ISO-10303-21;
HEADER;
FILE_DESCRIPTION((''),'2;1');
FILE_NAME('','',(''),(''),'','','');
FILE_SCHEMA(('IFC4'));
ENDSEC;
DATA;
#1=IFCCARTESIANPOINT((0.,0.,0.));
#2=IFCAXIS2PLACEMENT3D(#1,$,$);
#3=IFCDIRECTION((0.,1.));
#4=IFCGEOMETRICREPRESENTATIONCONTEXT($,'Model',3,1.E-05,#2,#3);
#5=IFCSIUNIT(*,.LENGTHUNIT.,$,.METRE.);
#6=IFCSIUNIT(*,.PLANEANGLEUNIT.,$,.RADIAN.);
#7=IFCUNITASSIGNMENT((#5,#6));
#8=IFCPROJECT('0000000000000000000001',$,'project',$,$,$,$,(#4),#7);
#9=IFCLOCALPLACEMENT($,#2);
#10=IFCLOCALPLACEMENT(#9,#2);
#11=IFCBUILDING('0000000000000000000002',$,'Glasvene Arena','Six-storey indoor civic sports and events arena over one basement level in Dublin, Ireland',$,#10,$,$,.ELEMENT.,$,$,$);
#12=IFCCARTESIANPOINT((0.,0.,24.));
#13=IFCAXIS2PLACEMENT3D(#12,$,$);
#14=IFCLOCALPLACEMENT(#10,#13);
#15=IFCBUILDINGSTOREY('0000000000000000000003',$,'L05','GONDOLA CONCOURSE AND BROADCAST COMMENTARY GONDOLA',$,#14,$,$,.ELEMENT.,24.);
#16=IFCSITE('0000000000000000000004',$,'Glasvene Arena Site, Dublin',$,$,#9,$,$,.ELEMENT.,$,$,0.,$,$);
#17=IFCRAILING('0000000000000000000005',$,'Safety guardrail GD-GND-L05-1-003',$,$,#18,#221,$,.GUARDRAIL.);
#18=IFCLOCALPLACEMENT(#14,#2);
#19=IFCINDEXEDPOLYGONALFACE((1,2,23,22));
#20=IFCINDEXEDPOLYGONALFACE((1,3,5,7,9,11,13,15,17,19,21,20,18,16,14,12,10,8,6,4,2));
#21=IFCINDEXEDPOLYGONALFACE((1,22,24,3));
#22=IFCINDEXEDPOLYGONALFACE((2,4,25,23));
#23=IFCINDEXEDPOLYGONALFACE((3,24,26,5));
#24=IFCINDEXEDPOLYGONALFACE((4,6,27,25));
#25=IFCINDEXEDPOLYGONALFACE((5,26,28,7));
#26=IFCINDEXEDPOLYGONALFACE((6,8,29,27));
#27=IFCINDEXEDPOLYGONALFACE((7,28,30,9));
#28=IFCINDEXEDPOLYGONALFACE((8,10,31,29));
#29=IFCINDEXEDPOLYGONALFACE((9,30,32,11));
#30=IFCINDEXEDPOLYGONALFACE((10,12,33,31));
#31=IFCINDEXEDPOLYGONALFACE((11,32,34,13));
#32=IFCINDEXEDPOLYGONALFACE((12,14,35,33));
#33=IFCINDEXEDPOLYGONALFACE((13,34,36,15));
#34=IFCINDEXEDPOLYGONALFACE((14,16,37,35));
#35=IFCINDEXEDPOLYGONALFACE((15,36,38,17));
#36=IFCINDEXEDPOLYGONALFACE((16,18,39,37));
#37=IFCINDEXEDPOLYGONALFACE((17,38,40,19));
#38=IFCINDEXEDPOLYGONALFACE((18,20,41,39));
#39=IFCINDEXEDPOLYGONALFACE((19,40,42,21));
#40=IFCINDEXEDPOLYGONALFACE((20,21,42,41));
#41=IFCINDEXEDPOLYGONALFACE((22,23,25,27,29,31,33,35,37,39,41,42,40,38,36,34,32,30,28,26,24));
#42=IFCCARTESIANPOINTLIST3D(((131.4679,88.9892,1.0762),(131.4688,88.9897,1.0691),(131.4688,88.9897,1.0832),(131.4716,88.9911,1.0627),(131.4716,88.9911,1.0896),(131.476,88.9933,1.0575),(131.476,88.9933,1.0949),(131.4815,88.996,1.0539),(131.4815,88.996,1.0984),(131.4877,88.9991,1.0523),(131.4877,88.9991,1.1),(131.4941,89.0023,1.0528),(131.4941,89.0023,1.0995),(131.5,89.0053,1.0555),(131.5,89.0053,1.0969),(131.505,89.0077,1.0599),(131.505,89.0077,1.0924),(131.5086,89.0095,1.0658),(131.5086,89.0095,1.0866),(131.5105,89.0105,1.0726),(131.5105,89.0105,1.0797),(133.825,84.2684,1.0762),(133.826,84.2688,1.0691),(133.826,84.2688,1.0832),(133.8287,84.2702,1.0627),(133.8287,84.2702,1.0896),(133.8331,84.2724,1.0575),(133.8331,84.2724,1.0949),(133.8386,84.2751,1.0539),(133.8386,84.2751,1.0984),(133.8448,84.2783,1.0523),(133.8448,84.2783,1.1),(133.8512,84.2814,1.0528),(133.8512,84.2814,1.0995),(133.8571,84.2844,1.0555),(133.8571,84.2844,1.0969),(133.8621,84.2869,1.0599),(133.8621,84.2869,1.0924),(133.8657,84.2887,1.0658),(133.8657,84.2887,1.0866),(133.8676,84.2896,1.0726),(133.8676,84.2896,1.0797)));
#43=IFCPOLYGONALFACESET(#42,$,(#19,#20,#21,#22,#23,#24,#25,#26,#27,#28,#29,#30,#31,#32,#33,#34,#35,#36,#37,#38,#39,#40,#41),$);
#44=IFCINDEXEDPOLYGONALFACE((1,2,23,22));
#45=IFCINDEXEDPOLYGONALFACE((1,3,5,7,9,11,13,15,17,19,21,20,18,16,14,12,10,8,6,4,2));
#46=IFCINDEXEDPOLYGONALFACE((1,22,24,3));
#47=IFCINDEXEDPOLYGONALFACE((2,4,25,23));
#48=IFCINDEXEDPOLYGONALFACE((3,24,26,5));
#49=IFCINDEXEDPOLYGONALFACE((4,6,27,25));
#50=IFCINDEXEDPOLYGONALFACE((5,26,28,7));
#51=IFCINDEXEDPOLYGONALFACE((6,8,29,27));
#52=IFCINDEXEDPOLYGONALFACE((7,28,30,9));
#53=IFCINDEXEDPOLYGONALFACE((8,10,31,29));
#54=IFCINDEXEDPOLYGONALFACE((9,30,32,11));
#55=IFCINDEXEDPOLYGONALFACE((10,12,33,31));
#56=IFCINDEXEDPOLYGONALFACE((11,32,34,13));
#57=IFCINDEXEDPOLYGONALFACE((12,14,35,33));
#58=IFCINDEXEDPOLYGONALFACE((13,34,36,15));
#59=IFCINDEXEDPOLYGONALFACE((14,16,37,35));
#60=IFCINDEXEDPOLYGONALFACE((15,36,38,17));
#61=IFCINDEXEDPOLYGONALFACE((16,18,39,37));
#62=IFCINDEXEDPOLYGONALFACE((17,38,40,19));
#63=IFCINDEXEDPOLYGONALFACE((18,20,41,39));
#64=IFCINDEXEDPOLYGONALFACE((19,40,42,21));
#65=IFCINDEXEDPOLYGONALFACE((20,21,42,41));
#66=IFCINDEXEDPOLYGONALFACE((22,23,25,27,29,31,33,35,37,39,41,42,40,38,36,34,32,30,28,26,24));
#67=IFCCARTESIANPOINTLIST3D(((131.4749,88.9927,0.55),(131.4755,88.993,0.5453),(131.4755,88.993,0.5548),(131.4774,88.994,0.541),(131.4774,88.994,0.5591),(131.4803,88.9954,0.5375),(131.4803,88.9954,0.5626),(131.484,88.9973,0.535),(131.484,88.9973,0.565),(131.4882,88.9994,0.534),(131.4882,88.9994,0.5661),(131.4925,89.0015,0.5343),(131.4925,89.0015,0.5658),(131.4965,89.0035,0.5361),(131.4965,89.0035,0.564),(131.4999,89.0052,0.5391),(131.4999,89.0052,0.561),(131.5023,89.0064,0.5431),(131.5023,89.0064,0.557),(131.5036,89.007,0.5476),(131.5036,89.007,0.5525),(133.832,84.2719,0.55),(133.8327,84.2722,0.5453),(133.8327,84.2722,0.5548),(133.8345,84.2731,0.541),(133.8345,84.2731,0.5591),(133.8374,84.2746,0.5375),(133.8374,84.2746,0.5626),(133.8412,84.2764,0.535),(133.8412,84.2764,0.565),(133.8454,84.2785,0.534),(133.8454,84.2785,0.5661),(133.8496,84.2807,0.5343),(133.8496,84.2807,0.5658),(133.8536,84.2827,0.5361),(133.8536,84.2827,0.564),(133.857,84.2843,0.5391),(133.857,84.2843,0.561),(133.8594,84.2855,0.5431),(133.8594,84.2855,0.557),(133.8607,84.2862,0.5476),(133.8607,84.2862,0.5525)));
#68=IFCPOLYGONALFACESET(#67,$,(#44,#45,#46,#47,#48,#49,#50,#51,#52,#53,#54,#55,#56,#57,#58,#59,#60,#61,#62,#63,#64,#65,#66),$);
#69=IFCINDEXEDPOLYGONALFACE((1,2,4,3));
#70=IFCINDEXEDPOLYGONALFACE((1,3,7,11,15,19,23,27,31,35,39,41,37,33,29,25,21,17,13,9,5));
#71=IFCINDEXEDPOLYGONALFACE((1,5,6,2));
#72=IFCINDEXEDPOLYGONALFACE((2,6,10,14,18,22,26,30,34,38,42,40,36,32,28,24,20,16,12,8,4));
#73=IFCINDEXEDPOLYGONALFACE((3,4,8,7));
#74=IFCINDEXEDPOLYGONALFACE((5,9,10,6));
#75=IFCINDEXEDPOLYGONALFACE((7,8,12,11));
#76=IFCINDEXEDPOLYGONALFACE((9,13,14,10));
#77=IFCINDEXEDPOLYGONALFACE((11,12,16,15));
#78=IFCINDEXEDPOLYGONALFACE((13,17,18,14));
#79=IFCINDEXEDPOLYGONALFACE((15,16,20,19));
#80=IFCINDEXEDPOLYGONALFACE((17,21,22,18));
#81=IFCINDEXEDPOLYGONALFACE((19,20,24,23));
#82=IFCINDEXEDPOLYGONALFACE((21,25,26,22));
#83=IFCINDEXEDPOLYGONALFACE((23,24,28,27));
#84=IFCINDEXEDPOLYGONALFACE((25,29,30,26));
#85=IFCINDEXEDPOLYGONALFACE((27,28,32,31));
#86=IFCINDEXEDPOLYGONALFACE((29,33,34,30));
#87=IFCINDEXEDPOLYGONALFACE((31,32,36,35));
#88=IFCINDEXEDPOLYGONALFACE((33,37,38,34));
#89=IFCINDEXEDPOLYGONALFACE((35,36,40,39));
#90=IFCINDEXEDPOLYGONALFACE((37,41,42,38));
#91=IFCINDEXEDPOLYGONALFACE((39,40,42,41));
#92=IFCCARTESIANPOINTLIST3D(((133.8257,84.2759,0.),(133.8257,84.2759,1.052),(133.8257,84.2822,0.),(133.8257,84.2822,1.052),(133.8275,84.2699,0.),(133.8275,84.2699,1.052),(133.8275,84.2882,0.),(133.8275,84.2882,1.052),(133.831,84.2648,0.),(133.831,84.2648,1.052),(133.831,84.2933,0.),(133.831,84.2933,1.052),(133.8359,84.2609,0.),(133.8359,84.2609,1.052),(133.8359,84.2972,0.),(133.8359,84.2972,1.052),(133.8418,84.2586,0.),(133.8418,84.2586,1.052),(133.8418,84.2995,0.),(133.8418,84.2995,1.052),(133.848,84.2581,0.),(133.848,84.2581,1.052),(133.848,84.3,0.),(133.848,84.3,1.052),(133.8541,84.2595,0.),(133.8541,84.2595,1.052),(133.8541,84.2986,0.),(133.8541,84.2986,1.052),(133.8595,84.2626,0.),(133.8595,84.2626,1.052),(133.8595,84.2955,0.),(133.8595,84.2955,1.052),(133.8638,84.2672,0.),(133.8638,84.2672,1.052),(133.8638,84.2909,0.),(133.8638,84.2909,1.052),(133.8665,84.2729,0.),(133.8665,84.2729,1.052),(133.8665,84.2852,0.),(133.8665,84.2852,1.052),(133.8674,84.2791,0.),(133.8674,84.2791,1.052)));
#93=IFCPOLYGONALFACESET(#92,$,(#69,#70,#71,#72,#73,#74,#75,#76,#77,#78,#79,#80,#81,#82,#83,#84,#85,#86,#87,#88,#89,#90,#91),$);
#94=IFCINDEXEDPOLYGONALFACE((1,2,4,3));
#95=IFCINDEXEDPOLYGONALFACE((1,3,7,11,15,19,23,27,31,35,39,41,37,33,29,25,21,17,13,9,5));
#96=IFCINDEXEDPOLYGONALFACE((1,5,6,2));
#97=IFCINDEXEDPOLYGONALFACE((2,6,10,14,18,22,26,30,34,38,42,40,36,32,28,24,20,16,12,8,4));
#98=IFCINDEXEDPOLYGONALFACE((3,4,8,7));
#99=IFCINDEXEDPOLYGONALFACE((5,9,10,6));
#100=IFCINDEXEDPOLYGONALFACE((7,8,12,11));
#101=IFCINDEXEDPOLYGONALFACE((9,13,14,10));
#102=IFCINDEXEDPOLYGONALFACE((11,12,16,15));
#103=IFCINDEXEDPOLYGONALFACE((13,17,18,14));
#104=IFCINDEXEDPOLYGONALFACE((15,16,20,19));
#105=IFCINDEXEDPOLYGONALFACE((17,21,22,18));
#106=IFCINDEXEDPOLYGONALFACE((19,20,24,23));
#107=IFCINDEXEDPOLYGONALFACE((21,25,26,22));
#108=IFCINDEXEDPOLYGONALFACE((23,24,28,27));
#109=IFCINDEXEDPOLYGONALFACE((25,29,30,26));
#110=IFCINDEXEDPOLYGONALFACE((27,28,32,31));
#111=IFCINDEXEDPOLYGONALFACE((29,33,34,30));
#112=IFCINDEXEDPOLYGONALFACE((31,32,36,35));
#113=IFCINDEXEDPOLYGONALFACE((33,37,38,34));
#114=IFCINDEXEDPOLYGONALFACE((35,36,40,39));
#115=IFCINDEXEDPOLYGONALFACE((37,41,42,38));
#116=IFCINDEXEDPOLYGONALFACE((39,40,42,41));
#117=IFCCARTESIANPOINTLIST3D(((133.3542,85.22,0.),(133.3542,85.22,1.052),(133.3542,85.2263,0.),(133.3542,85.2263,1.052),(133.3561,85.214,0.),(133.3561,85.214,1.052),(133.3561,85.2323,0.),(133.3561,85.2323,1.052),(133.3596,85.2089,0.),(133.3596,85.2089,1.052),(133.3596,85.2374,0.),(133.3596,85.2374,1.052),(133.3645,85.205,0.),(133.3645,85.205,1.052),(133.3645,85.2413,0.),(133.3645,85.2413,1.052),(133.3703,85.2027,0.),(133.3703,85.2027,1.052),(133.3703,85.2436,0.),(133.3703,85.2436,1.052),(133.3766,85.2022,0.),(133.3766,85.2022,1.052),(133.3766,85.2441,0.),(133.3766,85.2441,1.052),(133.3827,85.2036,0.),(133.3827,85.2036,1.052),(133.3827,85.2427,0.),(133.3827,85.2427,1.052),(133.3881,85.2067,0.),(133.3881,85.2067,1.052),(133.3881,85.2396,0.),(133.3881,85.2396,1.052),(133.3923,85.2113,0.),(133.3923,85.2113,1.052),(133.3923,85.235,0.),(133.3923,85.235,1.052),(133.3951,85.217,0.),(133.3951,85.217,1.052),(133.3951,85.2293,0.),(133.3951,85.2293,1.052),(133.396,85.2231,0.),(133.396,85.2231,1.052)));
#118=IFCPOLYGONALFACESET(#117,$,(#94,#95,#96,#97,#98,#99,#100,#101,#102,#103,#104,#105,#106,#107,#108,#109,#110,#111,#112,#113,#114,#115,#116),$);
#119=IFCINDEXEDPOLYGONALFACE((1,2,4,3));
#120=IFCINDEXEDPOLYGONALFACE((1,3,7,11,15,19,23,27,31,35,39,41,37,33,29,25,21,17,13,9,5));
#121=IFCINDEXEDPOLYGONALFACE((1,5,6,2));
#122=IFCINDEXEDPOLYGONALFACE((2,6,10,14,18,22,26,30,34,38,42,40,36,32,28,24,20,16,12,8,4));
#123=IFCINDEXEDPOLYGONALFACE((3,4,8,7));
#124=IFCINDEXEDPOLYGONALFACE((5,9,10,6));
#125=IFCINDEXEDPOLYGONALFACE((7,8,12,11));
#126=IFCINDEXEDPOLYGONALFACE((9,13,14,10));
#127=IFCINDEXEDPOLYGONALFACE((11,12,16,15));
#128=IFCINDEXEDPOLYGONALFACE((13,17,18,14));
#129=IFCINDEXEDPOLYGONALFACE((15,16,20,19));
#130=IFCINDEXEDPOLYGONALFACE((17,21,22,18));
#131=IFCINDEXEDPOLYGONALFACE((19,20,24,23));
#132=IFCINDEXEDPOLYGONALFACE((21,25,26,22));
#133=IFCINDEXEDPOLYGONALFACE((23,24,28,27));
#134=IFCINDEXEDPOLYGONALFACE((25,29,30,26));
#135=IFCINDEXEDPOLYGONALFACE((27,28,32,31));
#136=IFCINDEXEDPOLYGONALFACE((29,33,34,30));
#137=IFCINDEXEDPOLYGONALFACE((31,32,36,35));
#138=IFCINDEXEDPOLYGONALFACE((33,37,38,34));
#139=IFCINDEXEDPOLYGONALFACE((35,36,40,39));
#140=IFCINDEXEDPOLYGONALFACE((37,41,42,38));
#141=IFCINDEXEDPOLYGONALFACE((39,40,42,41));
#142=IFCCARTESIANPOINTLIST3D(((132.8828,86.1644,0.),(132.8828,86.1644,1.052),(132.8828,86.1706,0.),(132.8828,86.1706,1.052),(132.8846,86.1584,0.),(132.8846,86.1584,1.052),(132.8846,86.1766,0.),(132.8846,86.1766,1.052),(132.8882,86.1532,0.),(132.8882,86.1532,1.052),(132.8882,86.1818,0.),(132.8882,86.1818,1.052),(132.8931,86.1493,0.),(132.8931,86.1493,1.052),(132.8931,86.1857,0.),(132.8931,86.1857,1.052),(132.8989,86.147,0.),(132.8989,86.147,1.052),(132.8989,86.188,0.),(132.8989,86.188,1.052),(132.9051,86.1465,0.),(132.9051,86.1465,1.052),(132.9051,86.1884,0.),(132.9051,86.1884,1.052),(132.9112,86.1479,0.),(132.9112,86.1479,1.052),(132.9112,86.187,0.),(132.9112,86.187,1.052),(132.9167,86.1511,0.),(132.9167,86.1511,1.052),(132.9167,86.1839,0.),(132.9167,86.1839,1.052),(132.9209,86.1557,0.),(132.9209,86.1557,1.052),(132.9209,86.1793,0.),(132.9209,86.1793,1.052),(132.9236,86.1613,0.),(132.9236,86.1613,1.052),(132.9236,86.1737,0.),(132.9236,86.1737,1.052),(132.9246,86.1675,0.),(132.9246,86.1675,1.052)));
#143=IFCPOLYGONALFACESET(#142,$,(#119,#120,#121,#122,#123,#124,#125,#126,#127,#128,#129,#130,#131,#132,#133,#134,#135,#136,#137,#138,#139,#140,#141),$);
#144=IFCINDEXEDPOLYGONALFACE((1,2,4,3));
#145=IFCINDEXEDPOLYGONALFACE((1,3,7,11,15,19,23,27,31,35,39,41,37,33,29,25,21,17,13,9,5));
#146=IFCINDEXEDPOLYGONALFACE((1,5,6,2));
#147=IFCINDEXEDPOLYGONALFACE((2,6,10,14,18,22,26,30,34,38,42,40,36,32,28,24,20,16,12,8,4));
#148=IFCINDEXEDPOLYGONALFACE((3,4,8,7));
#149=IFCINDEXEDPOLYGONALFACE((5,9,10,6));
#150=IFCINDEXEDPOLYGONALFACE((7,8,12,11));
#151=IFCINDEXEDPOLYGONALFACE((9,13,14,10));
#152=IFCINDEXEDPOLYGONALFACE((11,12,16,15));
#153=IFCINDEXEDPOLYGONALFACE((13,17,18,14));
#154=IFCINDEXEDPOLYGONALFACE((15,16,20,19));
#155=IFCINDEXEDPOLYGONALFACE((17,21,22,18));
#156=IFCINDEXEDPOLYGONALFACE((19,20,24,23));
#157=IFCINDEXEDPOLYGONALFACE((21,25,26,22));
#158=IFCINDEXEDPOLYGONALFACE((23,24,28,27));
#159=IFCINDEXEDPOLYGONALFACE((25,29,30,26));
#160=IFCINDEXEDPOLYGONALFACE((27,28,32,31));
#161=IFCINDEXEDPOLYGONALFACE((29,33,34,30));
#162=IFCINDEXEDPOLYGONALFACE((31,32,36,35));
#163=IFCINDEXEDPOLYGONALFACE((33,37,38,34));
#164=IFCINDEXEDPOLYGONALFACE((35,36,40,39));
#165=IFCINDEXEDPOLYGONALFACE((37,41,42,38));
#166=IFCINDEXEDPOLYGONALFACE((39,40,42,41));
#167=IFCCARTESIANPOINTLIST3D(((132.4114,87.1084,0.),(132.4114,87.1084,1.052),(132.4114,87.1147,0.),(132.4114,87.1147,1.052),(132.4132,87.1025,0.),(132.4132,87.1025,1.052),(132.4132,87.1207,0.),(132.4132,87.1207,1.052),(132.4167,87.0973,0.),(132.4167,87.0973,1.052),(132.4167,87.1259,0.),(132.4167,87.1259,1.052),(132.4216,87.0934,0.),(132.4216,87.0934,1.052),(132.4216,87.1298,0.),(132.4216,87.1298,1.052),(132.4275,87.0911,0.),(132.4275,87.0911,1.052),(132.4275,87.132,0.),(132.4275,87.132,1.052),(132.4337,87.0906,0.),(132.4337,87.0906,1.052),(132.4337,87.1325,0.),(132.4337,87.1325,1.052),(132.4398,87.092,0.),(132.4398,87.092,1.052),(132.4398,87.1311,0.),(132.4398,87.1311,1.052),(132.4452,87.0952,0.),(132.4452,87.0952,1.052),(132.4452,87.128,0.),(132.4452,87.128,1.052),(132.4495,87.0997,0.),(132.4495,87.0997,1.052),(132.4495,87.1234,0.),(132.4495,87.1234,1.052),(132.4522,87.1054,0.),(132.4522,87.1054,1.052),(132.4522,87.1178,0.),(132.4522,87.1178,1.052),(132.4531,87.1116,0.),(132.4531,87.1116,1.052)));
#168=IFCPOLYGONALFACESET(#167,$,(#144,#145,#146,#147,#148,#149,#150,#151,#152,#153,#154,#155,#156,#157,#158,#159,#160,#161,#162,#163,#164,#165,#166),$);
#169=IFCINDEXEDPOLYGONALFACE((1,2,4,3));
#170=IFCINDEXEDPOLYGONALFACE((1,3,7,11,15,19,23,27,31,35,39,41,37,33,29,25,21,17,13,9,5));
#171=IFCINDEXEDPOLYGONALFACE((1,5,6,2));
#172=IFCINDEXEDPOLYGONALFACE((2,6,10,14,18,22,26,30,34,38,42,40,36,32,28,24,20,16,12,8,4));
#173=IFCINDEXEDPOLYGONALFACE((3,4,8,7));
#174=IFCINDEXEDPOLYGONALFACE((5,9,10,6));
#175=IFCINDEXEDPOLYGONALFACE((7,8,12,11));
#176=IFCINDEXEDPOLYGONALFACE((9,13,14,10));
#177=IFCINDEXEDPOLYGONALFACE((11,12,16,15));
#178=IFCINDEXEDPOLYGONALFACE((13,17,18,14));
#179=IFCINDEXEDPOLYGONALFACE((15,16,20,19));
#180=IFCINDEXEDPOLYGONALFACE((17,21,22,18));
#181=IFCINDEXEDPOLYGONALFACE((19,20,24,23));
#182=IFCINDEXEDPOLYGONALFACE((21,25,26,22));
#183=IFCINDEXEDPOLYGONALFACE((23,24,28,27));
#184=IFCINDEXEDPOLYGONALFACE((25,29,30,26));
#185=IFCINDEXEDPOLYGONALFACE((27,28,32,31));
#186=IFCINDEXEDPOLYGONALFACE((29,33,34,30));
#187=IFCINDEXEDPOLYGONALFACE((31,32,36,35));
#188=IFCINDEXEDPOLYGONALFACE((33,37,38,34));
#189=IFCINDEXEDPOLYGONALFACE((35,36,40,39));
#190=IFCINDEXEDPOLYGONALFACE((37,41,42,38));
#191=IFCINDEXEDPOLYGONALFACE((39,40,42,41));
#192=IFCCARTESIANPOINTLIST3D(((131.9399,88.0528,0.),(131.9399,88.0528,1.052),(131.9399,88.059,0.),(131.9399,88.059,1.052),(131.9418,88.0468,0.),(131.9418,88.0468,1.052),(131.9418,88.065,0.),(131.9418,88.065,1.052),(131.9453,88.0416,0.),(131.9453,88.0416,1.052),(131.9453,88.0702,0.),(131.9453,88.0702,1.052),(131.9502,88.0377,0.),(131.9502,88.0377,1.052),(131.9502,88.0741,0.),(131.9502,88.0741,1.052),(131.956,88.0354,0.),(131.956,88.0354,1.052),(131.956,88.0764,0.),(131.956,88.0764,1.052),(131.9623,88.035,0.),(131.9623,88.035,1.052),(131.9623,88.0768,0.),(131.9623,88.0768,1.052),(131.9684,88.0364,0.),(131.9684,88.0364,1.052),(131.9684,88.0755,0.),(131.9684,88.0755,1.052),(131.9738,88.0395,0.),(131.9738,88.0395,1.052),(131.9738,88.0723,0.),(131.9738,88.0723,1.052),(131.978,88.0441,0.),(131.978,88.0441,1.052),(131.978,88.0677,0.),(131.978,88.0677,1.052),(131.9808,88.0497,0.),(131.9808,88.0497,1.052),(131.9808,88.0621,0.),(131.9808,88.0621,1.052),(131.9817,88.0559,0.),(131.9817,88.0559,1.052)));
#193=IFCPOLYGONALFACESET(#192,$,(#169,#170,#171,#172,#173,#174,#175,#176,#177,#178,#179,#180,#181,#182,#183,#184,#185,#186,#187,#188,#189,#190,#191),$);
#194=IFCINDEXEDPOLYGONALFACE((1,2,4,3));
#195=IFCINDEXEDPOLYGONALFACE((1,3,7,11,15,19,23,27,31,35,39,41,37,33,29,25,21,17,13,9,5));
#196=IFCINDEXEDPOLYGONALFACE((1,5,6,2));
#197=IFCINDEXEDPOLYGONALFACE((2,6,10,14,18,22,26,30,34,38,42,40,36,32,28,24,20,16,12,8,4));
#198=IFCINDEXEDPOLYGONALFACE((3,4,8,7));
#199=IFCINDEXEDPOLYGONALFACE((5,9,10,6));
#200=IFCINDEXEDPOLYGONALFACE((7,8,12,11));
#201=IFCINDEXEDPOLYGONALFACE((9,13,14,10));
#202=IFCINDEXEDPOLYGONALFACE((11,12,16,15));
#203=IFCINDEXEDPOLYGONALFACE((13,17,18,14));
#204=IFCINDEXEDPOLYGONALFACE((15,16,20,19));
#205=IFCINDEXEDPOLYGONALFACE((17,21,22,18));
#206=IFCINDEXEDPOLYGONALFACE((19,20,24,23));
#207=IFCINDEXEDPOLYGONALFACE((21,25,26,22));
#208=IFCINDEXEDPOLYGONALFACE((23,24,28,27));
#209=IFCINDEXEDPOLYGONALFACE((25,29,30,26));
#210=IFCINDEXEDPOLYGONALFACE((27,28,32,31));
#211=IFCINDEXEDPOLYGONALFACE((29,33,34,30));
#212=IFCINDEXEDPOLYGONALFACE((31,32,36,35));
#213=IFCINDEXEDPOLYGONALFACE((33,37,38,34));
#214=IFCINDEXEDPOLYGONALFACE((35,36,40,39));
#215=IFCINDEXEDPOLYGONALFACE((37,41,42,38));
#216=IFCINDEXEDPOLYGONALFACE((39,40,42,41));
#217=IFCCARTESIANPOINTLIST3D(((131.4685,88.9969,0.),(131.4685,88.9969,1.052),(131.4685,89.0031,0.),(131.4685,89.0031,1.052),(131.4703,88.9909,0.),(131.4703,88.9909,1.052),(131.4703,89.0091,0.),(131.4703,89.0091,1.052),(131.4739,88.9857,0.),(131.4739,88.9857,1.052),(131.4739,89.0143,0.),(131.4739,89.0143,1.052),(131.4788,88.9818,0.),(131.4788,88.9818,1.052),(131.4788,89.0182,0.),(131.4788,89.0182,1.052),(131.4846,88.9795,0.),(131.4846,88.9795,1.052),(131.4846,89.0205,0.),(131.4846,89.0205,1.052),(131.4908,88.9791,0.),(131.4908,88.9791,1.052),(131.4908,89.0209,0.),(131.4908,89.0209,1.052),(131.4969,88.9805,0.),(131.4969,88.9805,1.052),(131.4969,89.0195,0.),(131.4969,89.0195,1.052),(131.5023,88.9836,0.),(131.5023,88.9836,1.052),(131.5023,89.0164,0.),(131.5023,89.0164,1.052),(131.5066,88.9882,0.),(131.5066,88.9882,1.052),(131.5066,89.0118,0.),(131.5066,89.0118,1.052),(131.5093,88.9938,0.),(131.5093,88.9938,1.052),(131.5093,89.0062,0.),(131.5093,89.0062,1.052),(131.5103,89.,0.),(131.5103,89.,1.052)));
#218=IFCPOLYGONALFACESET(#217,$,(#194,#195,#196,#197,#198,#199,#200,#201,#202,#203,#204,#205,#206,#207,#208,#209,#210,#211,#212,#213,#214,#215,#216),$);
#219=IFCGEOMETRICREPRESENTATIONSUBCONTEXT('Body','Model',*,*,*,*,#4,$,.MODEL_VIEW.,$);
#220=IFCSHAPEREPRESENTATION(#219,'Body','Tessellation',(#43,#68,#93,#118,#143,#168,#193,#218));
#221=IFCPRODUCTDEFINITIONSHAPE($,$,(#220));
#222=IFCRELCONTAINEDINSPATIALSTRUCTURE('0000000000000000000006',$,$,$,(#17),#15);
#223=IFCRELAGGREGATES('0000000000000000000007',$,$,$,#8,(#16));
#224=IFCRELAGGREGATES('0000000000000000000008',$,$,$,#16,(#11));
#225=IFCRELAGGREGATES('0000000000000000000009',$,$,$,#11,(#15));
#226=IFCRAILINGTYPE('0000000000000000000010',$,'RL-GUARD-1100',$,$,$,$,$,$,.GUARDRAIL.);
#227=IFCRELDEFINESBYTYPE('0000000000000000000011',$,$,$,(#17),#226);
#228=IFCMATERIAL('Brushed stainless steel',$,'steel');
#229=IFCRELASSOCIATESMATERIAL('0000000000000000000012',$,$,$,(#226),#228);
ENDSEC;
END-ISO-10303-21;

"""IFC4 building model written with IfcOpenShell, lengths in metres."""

from ifc_helpers import new_model, si_unit, direction, frame, origin, origin_2d, place, context, subcontext, project, spatial, circle, extrude, material, type_object, element, save


model = new_model("IFC4")

# Units and contexts
model_context = context("Model", 3, precision=1e-05, world=origin(), true_north=direction((0.0, 1.0)))
body_context = subcontext(model_context, "Body", "Model", "MODEL_VIEW")
ifc_project = project(units=[si_unit("LENGTHUNIT", "METRE"), si_unit("PLANEANGLEUNIT", "RADIAN")], contexts=[model_context])

# Site, building, storey
site_placement = place(None, origin())
site = spatial("IfcSite", under=ifc_project, at=site_placement, Name="Glasvene Arena Site, Dublin", CompositionType="ELEMENT", RefElevation=0.0)
building_placement = place(site_placement, origin())
building = spatial("IfcBuilding", under=site, at=building_placement, Name="Glasvene Arena", Description="Six-storey indoor civic sports and events arena over one basement level in Dublin, Ireland", CompositionType="ELEMENT")
storey_placement = place(building_placement, frame((0.0, 0.0, 24.0)))
storey = spatial("IfcBuildingStorey", under=building, at=storey_placement, Name="L05", Description="GONDOLA CONCOURSE AND BROADCAST COMMENTARY GONDOLA", CompositionType="ELEMENT", Elevation=24.0)

# Railing
ifc_material_1 = material(Name="Brushed stainless steel", Category="steel")
railing_type_1 = type_object("IfcRailingType", Name="RL-GUARD-1100", PredefinedType="GUARDRAIL", material=ifc_material_1)
railing_1_placement = place(storey_placement, frame((133.8464, 84.2791, 0.0)))
element("IfcRailing", 1, at=railing_1_placement, inside=storey, type_object=railing_type_1, Name="Safety guardrail GD-GND-L05-1-003", PredefinedType="GUARDRAIL", context=body_context, shape_type="SweptSolid", body=[
    extrude(circle(Radius=0.0239, at=origin_2d()), frame((0.0, 0.0, 1.0762), z_axis=(-0.446714, 0.894677, 0.0), x_axis=(-0.894677, -0.446714, 0.0)), (0.0, 0.0, 1.0), 5.2766),
    extrude(circle(Radius=0.0161, at=origin_2d()), frame((0.0, 0.0, 0.55), z_axis=(-0.446714, 0.894677, 0.0), x_axis=(-0.894677, -0.446714, 0.0)), (0.0, 0.0, 1.0), 5.2766),
    extrude(circle(Radius=0.021, at=origin_2d()), origin(), (0.0, 0.0, 1.0), 1.052),
    extrude(circle(Radius=0.021, at=origin_2d()), frame((-0.4714, 0.9441, 0.0)), (0.0, 0.0, 1.0), 1.052),
    extrude(circle(Radius=0.021, at=origin_2d()), frame((-0.9429, 1.8884, 0.0)), (0.0, 0.0, 1.0), 1.052),
    extrude(circle(Radius=0.021, at=origin_2d()), frame((-1.4143, 2.8325, 0.0)), (0.0, 0.0, 1.0), 1.052),
    extrude(circle(Radius=0.021, at=origin_2d()), frame((-1.8857, 3.7769, 0.0)), (0.0, 0.0, 1.0), 1.052),
    extrude(circle(Radius=0.021, at=origin_2d()), frame((-2.3572, 4.7209, 0.0)), (0.0, 0.0, 1.0), 1.052),
])

save(model, "model.ifc")
